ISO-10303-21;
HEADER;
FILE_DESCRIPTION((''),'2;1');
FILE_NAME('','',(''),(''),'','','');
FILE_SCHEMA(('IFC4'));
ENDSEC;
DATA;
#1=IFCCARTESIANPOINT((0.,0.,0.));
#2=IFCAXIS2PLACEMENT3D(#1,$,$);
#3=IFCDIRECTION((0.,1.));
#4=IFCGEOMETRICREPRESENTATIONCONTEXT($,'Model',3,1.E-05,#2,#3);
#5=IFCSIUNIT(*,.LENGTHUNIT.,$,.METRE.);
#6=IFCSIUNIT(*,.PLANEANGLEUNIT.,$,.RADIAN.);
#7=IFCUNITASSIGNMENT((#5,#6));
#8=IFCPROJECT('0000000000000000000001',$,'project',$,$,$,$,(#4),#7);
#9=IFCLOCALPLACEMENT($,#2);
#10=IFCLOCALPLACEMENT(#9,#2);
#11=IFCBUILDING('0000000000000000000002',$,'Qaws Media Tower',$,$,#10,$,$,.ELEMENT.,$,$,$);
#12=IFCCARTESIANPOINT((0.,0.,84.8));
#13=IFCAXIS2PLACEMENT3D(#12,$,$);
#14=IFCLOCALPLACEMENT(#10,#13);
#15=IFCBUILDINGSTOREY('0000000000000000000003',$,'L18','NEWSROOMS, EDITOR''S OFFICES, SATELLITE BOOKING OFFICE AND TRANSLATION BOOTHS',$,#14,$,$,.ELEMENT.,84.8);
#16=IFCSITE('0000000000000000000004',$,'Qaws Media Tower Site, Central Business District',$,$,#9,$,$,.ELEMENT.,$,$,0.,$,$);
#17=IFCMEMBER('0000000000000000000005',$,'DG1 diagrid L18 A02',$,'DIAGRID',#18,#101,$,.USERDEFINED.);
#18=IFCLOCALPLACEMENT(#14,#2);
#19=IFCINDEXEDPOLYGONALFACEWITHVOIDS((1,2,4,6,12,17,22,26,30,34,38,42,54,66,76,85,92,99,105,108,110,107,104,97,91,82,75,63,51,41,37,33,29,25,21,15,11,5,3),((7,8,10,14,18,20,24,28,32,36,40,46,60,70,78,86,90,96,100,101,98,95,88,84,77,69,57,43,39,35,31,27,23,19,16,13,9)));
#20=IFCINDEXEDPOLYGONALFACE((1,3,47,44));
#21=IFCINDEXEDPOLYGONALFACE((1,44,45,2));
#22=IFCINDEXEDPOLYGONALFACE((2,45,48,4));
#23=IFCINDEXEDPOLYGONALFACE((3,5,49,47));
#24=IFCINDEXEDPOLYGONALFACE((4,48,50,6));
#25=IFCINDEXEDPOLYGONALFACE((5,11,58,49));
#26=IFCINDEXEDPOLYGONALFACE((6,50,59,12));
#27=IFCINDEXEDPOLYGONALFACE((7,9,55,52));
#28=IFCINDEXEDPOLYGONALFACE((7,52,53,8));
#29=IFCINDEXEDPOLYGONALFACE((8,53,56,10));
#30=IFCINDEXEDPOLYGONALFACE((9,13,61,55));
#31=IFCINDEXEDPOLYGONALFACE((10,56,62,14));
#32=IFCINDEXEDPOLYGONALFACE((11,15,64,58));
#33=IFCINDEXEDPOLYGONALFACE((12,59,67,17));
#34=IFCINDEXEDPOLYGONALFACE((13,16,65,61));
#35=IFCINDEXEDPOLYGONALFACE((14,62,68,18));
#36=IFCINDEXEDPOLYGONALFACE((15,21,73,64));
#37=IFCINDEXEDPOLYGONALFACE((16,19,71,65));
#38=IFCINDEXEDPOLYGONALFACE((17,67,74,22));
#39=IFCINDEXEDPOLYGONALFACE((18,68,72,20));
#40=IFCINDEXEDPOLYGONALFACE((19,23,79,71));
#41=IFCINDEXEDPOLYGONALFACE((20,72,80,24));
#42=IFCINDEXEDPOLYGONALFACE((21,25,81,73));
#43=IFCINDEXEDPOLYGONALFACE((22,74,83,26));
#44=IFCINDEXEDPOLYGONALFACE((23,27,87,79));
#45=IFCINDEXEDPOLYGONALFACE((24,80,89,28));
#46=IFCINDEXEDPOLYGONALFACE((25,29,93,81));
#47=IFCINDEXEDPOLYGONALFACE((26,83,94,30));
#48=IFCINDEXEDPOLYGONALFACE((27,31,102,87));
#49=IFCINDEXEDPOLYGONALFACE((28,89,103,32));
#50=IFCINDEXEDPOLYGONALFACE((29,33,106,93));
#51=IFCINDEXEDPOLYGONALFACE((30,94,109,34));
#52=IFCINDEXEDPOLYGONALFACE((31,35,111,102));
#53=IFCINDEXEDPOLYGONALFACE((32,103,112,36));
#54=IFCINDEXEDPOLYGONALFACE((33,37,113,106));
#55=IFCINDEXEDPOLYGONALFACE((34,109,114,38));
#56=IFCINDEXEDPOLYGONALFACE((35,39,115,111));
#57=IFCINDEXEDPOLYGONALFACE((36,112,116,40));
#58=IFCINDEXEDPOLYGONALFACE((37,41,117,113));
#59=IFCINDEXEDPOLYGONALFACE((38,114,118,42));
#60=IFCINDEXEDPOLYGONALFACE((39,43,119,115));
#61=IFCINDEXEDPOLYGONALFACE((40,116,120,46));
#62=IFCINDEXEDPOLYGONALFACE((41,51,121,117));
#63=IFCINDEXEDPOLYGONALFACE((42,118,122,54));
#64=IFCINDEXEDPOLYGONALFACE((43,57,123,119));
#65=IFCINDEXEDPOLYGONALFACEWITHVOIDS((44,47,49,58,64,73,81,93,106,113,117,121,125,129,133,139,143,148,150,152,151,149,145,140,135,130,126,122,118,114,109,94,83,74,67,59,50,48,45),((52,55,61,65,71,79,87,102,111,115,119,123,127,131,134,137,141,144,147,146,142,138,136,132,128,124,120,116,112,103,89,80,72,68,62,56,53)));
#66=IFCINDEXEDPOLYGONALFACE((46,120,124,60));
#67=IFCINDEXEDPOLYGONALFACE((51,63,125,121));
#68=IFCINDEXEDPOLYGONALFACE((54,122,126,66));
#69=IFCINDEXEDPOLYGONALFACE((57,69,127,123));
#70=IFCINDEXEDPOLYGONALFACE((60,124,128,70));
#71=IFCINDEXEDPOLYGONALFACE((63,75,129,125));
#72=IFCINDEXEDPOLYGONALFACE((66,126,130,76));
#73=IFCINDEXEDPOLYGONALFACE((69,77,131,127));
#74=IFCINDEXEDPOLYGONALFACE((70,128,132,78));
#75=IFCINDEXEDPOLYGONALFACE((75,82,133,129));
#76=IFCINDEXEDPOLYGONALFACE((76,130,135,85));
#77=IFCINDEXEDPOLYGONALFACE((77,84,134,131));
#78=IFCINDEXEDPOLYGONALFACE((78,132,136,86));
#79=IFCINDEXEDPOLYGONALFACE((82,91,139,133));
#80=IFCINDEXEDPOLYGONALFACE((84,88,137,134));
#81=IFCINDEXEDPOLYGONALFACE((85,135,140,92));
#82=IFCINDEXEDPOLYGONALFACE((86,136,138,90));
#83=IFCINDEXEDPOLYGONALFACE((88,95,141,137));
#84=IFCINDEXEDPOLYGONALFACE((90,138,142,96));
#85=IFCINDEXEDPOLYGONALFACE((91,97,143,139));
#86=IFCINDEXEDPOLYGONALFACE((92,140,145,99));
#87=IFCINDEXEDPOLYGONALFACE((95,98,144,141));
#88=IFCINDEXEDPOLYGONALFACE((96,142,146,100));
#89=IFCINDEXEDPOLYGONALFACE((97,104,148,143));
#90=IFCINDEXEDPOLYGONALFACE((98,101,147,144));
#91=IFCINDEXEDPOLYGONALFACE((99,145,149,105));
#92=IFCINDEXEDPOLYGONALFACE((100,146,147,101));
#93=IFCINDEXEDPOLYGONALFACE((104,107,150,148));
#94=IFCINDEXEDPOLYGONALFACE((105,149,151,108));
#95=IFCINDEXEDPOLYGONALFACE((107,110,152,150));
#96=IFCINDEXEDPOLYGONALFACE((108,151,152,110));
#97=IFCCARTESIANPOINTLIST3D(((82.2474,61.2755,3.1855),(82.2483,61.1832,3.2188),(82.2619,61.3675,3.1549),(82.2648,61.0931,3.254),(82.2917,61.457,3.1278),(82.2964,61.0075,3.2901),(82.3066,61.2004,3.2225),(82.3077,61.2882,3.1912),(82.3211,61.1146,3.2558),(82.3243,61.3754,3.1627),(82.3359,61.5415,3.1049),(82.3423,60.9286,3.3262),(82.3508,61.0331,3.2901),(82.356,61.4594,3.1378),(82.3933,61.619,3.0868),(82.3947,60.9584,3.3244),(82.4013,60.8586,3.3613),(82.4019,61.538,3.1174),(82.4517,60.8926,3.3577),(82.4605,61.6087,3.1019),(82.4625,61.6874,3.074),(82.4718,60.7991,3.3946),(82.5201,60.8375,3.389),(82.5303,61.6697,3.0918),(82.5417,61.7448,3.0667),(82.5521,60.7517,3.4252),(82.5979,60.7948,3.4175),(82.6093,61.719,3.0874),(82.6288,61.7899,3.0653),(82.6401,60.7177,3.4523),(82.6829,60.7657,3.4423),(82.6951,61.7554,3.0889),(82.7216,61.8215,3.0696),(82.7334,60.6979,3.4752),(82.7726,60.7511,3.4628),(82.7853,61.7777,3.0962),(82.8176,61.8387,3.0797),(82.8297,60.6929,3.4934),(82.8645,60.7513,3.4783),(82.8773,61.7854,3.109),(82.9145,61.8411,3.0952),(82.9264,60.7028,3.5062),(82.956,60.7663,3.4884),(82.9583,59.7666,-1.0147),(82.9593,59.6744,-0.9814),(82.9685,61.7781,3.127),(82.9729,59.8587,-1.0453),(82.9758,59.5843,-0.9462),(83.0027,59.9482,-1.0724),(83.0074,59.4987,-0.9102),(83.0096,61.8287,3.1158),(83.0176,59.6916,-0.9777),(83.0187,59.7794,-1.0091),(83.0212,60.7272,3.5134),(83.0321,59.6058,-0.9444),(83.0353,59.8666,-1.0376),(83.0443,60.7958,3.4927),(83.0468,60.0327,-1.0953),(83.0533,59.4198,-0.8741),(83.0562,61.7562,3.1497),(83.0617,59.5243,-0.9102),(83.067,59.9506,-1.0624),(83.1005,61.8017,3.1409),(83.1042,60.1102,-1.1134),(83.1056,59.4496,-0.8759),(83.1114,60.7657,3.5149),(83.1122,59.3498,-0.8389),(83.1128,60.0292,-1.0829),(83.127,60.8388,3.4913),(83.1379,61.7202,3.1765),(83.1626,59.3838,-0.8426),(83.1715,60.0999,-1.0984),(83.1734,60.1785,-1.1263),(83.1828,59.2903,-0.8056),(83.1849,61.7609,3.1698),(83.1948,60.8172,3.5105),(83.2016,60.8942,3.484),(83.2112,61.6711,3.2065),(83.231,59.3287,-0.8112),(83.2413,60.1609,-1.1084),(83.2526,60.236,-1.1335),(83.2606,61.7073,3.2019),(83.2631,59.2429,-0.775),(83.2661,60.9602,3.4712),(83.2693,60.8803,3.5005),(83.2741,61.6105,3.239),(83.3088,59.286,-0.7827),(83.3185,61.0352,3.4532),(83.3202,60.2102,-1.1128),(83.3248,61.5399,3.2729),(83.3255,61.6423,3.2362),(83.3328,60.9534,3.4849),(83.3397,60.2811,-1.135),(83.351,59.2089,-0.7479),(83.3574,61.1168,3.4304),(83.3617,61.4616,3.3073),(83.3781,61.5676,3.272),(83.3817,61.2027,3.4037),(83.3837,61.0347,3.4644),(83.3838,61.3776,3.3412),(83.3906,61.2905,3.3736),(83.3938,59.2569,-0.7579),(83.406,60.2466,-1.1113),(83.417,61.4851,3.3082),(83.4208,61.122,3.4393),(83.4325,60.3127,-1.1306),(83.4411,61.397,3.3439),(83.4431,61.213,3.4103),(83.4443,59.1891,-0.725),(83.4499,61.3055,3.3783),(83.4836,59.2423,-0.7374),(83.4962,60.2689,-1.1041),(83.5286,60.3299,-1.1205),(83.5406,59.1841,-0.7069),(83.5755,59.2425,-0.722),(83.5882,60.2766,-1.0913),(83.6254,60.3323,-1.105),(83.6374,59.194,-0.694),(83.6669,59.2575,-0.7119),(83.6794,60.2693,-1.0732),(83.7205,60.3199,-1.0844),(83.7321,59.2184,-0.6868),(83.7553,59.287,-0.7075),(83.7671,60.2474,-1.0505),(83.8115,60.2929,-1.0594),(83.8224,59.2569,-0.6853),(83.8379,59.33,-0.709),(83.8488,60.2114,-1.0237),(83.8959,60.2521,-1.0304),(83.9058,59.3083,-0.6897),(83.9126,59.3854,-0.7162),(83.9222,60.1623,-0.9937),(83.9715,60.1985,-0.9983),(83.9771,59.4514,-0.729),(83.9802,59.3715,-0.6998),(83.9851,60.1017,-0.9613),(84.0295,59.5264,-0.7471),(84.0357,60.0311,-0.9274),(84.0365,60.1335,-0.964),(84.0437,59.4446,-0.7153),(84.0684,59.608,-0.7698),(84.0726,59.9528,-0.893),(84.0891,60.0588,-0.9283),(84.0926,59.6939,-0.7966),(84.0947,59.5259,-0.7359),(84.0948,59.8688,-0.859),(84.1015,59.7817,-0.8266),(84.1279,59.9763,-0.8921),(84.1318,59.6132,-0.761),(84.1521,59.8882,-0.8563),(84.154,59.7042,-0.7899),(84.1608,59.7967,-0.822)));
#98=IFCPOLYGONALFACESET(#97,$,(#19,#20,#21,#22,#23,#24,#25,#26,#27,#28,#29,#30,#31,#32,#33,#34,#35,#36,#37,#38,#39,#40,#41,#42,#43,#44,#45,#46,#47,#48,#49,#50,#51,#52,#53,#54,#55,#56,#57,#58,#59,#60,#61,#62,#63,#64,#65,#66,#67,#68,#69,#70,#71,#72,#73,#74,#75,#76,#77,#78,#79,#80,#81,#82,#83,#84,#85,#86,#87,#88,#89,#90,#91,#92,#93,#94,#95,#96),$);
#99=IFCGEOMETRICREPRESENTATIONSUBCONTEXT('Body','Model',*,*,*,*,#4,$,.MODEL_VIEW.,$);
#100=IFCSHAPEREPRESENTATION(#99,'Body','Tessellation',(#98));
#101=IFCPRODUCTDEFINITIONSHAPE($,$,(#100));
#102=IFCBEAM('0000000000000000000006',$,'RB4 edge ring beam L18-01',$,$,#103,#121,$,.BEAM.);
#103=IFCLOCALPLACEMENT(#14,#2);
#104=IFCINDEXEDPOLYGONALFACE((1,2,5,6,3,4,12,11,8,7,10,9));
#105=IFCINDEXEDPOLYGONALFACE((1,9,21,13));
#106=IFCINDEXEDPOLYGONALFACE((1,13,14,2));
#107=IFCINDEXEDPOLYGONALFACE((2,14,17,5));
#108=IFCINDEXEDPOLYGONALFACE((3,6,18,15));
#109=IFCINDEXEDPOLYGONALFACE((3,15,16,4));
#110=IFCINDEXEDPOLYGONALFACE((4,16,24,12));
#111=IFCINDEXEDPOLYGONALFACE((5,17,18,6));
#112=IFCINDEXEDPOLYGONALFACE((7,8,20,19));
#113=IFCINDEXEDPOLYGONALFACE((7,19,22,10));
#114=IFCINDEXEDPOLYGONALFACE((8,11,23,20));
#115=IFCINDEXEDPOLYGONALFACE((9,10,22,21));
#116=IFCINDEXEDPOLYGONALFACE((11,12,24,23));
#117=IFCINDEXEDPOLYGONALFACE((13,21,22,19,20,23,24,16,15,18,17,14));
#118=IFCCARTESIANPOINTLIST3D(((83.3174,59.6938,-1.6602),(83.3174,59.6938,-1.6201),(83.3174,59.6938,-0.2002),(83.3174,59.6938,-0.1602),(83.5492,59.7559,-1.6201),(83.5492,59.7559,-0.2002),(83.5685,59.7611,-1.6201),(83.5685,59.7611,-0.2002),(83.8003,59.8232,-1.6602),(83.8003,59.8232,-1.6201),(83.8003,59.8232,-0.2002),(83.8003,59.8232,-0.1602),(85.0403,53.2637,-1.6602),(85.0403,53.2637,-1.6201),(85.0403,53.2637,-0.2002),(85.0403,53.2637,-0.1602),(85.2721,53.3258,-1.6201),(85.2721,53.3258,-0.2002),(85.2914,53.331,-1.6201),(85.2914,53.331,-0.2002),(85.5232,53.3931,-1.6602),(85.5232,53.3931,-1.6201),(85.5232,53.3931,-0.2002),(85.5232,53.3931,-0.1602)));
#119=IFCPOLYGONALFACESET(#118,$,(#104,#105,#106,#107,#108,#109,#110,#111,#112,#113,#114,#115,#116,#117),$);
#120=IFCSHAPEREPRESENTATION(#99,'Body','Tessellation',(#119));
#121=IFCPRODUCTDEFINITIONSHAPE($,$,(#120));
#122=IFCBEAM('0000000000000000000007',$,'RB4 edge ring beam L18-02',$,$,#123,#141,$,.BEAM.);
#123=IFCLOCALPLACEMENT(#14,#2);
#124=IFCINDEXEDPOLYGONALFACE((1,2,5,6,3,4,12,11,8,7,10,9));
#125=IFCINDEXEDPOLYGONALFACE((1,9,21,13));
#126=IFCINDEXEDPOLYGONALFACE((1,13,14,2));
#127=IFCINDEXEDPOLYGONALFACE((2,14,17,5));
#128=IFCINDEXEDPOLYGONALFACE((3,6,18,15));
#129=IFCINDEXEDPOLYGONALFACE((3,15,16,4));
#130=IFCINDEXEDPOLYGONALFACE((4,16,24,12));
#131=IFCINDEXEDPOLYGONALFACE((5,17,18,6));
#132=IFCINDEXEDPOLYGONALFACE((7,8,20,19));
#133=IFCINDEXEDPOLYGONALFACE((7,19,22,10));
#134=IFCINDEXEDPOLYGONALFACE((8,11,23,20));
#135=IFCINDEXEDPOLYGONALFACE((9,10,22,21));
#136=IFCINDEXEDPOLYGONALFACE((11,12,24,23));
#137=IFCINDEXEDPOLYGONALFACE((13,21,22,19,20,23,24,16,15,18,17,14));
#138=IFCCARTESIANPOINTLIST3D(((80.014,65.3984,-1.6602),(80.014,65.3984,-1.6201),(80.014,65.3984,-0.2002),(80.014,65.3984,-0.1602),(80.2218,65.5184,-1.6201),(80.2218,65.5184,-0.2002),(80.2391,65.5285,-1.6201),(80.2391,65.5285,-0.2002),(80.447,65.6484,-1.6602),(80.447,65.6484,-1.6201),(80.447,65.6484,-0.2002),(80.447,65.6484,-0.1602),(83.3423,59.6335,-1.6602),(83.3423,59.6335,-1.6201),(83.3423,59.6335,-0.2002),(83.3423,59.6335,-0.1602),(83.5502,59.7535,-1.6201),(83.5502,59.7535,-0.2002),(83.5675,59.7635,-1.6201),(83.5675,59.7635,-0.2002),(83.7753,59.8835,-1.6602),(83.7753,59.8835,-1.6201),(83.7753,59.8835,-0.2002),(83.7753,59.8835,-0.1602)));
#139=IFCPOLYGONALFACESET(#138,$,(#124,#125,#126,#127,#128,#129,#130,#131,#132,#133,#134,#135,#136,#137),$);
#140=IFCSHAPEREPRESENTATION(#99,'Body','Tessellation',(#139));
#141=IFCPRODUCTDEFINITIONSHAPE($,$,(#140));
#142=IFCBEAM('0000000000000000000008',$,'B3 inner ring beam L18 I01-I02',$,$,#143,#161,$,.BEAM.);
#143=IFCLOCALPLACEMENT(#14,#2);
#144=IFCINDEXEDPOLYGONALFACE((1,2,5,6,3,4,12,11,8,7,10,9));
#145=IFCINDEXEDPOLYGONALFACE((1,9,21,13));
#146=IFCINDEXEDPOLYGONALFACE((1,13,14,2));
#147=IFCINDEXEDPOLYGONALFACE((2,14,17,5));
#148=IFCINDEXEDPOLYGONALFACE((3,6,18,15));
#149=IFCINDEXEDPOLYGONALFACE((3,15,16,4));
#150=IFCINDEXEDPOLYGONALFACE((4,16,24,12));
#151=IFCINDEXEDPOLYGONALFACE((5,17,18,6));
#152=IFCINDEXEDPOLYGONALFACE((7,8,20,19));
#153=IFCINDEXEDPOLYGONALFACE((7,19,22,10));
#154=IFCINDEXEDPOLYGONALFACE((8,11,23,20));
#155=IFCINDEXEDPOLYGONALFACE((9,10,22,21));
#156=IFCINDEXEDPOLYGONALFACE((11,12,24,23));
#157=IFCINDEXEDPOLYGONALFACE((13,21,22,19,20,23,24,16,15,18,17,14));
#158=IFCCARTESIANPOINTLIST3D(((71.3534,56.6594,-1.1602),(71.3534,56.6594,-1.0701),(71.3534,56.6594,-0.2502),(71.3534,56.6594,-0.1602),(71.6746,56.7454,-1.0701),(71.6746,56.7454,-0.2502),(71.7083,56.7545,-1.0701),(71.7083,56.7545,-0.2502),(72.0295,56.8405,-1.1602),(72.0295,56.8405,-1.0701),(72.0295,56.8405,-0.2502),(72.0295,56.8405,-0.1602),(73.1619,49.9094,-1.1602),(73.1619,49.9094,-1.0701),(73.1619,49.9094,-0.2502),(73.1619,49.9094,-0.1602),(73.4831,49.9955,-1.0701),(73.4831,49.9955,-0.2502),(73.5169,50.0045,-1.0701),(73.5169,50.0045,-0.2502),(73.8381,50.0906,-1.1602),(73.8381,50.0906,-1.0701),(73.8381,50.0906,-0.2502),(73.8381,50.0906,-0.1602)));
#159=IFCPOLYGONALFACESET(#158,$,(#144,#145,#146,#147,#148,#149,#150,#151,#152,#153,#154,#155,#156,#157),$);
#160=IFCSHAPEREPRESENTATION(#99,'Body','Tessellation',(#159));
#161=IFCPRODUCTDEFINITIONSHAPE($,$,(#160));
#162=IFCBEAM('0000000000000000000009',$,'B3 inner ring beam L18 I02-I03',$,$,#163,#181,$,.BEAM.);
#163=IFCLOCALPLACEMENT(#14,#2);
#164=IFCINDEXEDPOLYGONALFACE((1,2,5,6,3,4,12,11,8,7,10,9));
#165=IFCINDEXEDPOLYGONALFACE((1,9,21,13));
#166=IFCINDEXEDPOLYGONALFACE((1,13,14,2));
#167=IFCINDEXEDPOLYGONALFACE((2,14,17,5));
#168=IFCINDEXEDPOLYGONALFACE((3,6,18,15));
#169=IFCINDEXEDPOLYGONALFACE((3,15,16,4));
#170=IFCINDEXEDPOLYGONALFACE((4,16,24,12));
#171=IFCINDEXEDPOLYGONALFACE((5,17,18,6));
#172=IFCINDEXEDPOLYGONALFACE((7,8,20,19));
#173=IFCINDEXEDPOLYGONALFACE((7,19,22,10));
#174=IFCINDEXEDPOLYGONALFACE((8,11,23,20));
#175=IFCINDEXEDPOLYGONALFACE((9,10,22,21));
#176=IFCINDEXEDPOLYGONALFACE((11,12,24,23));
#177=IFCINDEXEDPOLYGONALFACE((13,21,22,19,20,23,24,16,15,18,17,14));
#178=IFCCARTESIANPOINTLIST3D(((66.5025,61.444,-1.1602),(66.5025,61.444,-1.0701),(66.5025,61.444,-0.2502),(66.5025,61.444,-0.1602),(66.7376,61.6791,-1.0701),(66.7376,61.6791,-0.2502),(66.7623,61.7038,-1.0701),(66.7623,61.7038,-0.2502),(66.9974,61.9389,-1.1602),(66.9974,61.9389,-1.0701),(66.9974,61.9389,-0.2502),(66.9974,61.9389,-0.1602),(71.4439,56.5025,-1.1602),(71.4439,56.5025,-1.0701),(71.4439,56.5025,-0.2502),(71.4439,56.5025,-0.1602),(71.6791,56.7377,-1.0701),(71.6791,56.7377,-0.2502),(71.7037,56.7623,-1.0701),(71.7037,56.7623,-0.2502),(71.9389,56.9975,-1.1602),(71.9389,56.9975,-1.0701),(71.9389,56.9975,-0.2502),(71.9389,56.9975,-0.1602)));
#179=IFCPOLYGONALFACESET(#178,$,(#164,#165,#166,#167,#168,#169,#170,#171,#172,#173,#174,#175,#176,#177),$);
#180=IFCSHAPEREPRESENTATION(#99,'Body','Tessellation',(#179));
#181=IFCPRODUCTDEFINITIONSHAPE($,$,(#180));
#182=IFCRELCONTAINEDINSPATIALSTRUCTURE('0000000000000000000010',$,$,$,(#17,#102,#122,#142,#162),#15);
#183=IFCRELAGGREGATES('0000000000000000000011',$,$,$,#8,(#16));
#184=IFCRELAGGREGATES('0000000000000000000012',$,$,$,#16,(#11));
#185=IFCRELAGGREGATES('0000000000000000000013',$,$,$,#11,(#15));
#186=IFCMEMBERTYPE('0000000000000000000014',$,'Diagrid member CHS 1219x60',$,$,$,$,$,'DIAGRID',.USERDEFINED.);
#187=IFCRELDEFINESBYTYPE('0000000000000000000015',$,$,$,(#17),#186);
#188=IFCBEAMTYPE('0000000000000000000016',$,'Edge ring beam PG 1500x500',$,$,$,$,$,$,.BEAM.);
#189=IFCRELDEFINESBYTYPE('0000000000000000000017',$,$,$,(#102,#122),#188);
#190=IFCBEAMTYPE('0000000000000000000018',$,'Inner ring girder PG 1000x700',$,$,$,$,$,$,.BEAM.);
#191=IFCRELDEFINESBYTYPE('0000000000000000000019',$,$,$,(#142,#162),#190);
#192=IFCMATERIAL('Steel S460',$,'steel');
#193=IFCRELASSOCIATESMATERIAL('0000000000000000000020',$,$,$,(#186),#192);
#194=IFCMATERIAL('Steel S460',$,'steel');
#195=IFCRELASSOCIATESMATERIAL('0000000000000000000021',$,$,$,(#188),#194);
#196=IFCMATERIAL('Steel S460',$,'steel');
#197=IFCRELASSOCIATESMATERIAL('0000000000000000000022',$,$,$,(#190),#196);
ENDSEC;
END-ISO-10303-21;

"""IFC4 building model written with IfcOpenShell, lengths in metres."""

from ifc_helpers import new_model, si_unit, direction, frame, origin, origin_2d, place, context, subcontext, project, spatial, hollow_circle, i_section, extrude, material, material_profile, profile_set, type_object, element, save


model = new_model("IFC4")

# Units and contexts
model_context = context("Model", 3, precision=1e-05, world=origin(), true_north=direction((0.0, 1.0)))
body_context = subcontext(model_context, "Body", "Model", "MODEL_VIEW")
ifc_project = project(units=[si_unit("LENGTHUNIT", "METRE"), si_unit("PLANEANGLEUNIT", "RADIAN")], contexts=[model_context])

# Site, building, storey
site_placement = place(None, origin())
site = spatial("IfcSite", under=ifc_project, at=site_placement, Name="Qaws Media Tower Site, Central Business District", CompositionType="ELEMENT", RefElevation=0.0)
building_placement = place(site_placement, origin())
building = spatial("IfcBuilding", under=site, at=building_placement, Name="Qaws Media Tower", CompositionType="ELEMENT")
storey_placement = place(building_placement, frame((0.0, 0.0, 84.8)))
storey = spatial("IfcBuildingStorey", under=building, at=storey_placement, Name="L18", Description="NEWSROOMS, EDITOR'S OFFICES, SATELLITE BOOKING OFFICE AND TRANSLATION BOOTHS", CompositionType="ELEMENT", Elevation=84.8)

# Member
ifc_material_1 = material(Name="Steel S460", Category="steel")
ifc_material_profile_1 = material_profile(ifc_material_1, hollow_circle(Radius=0.6096, WallThickness=0.0601, at=origin_2d()), Name="CHS 1219x60")
ifc_profile_set_1 = profile_set([ifc_material_profile_1], Name="Steel S460")
member_type_1 = type_object("IfcMemberType", Name="Diagrid member CHS 1219x60", ElementType="DIAGRID", PredefinedType="USERDEFINED", material=ifc_profile_set_1)
for number, where, z_axis, x_axis, name in (
    (1, (83.5588, 59.7585, -0.9102), (-0.157314, 0.333859, 0.929403), (-0.904606, -0.426248, 0.0), "DG1 diagrid L18 A02"),
):
    element("IfcMember", number, at=place(storey_placement, frame(where, z_axis=z_axis, x_axis=x_axis)), inside=storey, type_object=member_type_1, Name=name, ObjectType="DIAGRID", PredefinedType="USERDEFINED", context=body_context, shape_type="SweptSolid", body=[
        extrude(hollow_circle(Radius=0.6096, WallThickness=0.0601, at=origin_2d()), origin(), (0.0, 0.0, 1.0), 4.5193),
    ])

# Beams
ifc_material_2 = material(Name="Steel S460", Category="steel")
ifc_material_profile_2 = material_profile(ifc_material_2, i_section(OverallWidth=0.5, OverallDepth=1.5, WebThickness=0.02, FlangeThickness=0.04, at=origin_2d()), Name="PG 1500x500")
ifc_profile_set_2 = profile_set([ifc_material_profile_2], Name="Steel S460")
beam_type_1 = type_object("IfcBeamType", Name="Edge ring beam PG 1500x500", PredefinedType="BEAM", material=ifc_profile_set_2)
beam_1_placement = place(storey_placement, frame((85.2817, 53.3284, -0.9102), z_axis=(-0.258811, 0.965928, 0.0), x_axis=(-0.965928, -0.258811, 0.0)))
element("IfcBeam", 2, at=beam_1_placement, inside=storey, type_object=beam_type_1, Name="RB4 edge ring beam L18-01", PredefinedType="BEAM", context=body_context, shape_type="SweptSolid", body=[
    extrude(i_section(OverallWidth=0.5, OverallDepth=1.5, WebThickness=0.02, FlangeThickness=0.04, at=origin_2d()), origin(), (0.0, 0.0, 1.0), 6.657),
])
beam_2_placement = place(storey_placement, frame((83.5588, 59.7585, -0.9102), z_axis=(-0.500001, 0.866025, 0.0), x_axis=(-0.866025, -0.500001, 0.0)))
element("IfcBeam", 3, at=beam_2_placement, inside=storey, type_object=beam_type_1, Name="RB4 edge ring beam L18-02", PredefinedType="BEAM", context=body_context, shape_type="SweptSolid", body=[
    extrude(i_section(OverallWidth=0.5, OverallDepth=1.5, WebThickness=0.02, FlangeThickness=0.04, at=origin_2d()), origin(), (0.0, 0.0, 1.0), 6.6567),
])
ifc_material_3 = material(Name="Steel S460", Category="steel")
ifc_material_profile_3 = material_profile(ifc_material_3, i_section(OverallWidth=0.7, OverallDepth=1.0, WebThickness=0.0349, FlangeThickness=0.0901, at=origin_2d()), Name="PG 1000x700")
ifc_profile_set_3 = profile_set([ifc_material_profile_3], Name="Steel S460")
beam_type_2 = type_object("IfcBeamType", Name="Inner ring girder PG 1000x700", PredefinedType="BEAM", material=ifc_profile_set_3)
beam_3_placement = place(storey_placement, frame((73.5, 50.0, -0.6602), z_axis=(-0.258811, 0.965928, 0.0), x_axis=(-0.965928, -0.258811, 0.0)))
element("IfcBeam", 4, at=beam_3_placement, inside=storey, type_object=beam_type_2, Name="B3 inner ring beam L18 I01-I02", PredefinedType="BEAM", context=body_context, shape_type="SweptSolid", body=[
    extrude(i_section(OverallWidth=0.7, OverallDepth=1.0, WebThickness=0.0349, FlangeThickness=0.0901, at=origin_2d()), origin(), (0.0, 0.0, 1.0), 6.988),
])
beam_4_placement = place(storey_placement, frame((71.6914, 56.75, -0.6602), z_axis=(-0.707107, 0.707107, 0.0), x_axis=(-0.707107, -0.707107, 0.0)))
element("IfcBeam", 5, at=beam_4_placement, inside=storey, type_object=beam_type_2, Name="B3 inner ring beam L18 I02-I03", PredefinedType="BEAM", context=body_context, shape_type="SweptSolid", body=[
    extrude(i_section(OverallWidth=0.7, OverallDepth=1.0, WebThickness=0.0349, FlangeThickness=0.0901, at=origin_2d()), origin(), (0.0, 0.0, 1.0), 6.9883),
])

save(model, "model.ifc")
